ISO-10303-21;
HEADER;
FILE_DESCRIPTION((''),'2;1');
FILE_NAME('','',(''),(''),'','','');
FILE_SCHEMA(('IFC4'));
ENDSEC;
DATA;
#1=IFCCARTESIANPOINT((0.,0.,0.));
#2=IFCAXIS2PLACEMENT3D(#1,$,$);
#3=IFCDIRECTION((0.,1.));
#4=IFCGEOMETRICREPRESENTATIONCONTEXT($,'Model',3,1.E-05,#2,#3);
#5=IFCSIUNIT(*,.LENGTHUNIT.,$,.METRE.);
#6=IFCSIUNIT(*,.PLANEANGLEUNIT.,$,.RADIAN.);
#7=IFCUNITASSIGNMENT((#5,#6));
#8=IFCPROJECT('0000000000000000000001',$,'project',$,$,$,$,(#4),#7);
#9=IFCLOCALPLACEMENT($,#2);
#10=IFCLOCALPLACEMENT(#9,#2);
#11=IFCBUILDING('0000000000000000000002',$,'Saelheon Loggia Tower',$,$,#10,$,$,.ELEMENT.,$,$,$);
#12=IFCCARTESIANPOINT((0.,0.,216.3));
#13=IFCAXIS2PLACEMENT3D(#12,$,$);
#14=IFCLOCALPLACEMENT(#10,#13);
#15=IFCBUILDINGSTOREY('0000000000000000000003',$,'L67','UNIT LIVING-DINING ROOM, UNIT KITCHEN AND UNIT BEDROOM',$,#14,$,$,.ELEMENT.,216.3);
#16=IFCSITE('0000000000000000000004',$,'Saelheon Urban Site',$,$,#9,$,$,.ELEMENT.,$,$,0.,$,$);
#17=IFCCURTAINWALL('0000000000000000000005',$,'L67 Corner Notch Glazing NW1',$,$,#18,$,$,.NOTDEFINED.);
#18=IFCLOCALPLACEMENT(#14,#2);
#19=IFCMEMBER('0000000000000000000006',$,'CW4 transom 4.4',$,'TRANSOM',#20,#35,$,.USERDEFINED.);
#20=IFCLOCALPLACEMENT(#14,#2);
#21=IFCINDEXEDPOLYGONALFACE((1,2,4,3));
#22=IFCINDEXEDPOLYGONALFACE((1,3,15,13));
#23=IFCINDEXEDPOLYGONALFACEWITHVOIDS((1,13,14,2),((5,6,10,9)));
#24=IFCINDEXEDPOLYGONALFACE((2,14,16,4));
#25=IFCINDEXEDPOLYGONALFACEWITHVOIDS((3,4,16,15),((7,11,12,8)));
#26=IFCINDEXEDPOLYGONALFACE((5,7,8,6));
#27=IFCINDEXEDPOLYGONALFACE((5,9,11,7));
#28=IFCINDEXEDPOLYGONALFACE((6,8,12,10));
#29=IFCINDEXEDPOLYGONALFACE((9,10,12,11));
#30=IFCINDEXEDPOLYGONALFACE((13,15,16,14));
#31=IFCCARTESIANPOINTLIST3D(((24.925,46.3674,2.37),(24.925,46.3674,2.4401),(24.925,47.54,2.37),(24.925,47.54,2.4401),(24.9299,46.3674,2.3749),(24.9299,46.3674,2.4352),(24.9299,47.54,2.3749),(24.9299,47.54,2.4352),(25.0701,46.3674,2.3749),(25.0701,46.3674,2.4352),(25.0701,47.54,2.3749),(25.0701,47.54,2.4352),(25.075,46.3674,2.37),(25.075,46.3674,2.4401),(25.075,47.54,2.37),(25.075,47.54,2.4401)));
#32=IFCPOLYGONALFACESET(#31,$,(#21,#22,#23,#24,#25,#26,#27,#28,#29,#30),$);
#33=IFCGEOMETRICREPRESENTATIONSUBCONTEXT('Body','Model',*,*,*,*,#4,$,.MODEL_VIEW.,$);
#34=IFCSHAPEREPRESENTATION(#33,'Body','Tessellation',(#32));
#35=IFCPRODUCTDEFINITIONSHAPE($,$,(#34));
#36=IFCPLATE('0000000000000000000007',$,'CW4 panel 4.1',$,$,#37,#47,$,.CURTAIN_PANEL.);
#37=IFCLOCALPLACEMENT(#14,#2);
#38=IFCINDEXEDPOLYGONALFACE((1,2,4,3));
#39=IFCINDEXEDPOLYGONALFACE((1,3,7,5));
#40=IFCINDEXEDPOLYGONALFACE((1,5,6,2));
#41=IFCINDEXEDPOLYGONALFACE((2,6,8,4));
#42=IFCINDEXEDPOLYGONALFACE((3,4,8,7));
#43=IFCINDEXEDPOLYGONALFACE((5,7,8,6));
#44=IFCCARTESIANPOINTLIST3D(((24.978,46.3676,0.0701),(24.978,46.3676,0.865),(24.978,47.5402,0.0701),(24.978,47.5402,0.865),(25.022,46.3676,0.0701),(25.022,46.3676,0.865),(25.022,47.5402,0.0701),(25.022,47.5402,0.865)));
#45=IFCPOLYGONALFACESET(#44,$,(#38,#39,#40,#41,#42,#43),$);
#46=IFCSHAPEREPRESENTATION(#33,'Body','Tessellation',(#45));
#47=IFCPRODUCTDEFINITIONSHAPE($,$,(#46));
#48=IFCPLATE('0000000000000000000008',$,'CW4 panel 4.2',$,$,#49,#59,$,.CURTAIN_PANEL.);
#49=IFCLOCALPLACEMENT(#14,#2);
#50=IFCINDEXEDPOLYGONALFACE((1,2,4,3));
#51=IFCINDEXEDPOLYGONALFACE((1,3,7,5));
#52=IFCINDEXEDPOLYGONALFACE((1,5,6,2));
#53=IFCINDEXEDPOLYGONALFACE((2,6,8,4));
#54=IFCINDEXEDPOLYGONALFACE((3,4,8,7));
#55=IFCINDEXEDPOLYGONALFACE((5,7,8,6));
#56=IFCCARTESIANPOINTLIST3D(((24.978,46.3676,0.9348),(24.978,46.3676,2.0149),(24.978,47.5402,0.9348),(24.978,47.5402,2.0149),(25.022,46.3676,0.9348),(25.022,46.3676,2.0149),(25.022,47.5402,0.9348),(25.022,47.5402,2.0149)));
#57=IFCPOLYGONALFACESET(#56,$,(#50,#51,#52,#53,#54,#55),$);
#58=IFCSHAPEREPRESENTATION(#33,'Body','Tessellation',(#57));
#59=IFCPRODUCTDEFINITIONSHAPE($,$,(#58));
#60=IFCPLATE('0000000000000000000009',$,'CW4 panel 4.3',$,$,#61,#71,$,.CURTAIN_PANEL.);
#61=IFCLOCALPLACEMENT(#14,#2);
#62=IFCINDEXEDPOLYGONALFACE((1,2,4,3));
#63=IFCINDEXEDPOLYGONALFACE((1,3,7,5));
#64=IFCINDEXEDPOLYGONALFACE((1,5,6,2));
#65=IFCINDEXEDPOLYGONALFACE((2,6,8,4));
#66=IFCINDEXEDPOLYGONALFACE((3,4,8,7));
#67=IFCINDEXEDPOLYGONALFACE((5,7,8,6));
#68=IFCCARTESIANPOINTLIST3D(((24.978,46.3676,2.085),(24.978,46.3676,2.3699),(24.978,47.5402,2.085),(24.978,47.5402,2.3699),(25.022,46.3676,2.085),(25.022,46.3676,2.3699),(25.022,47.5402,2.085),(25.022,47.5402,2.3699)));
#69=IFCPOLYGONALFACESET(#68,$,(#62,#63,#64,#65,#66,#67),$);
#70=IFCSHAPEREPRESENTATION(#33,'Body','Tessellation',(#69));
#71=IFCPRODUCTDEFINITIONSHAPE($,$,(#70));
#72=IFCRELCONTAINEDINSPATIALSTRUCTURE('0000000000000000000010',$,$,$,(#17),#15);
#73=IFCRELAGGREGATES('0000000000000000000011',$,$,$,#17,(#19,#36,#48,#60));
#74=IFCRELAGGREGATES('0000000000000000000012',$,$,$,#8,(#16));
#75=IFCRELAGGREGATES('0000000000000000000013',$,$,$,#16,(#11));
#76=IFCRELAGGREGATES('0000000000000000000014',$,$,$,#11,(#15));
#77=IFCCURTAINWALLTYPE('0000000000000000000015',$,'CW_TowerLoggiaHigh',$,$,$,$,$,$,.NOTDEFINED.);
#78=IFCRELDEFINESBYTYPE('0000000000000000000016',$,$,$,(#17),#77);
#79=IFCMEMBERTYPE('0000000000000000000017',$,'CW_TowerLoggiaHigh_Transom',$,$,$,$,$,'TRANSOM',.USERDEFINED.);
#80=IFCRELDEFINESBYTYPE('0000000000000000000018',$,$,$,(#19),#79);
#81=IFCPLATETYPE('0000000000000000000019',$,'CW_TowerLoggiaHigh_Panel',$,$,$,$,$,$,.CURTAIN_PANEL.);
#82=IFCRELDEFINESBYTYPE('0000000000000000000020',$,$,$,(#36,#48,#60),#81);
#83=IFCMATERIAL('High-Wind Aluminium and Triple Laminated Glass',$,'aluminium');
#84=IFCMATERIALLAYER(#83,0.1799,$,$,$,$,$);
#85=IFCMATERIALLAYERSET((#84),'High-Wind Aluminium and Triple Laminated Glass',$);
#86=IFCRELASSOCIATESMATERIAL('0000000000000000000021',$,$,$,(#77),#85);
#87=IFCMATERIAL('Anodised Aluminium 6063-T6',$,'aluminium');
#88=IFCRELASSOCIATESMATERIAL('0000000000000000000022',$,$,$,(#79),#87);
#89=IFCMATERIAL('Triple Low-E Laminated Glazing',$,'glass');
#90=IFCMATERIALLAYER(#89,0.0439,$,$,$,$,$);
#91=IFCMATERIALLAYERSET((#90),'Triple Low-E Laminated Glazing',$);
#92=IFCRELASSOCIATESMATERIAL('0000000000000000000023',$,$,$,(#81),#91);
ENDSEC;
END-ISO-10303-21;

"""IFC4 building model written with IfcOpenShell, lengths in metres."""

from ifc_helpers import new_model, si_unit, direction, frame, origin, origin_2d, place, context, subcontext, project, spatial, rectangle, hollow_rectangle, extrude, source, transform, mapped, material, layer, layer_set, material_profile, profile_set, type_object, element, aggregate, save


model = new_model("IFC4")

# Units and contexts
model_context = context("Model", 3, precision=1e-05, world=origin(), true_north=direction((0.0, 1.0)))
body_context = subcontext(model_context, "Body", "Model", "MODEL_VIEW")
ifc_project = project(units=[si_unit("LENGTHUNIT", "METRE"), si_unit("PLANEANGLEUNIT", "RADIAN")], contexts=[model_context])

# Site, building, storey
site_placement = place(None, origin())
site = spatial("IfcSite", under=ifc_project, at=site_placement, Name="Saelheon Urban Site", CompositionType="ELEMENT", RefElevation=0.0)
building_placement = place(site_placement, origin())
building = spatial("IfcBuilding", under=site, at=building_placement, Name="Saelheon Loggia Tower", CompositionType="ELEMENT")
storey_placement = place(building_placement, frame((0.0, 0.0, 216.3)))
storey = spatial("IfcBuildingStorey", under=building, at=storey_placement, Name="L67", Description="UNIT LIVING-DINING ROOM, UNIT KITCHEN AND UNIT BEDROOM", CompositionType="ELEMENT", Elevation=216.3)

# Curtain wall, member, plates
ifc_material_1 = material(Name="High-Wind Aluminium and Triple Laminated Glass", Category="aluminium")
ifc_layer_1 = layer(ifc_material_1, 0.1799)
ifc_layer_set_1 = layer_set([ifc_layer_1], Name="High-Wind Aluminium and Triple Laminated Glass")
curtain_wall_type = type_object("IfcCurtainWallType", Name="CW_TowerLoggiaHigh", PredefinedType="NOTDEFINED", material=ifc_layer_set_1)
curtain_wall_placement = place(storey_placement, origin())
curtain_wall = element("IfcCurtainWall", 1, at=curtain_wall_placement, inside=storey, type_object=curtain_wall_type, Name="L67 Corner Notch Glazing NW1", PredefinedType="NOTDEFINED")
ifc_material_2 = material(Name="Anodised Aluminium 6063-T6", Category="aluminium")
ifc_material_profile_1 = material_profile(ifc_material_2, hollow_rectangle(XDim=0.0701, YDim=0.1499, WallThickness=0.0049, at=origin_2d()), Name="RHS-150x70x5")
ifc_profile_set_1 = profile_set([ifc_material_profile_1], Name="Anodised Aluminium 6063-T6")
member_type_1 = type_object("IfcMemberType", Name="CW_TowerLoggiaHigh_Transom", ElementType="TRANSOM", PredefinedType="USERDEFINED", material=ifc_profile_set_1)
shared_shape_1 = source(origin(), body_context, "Body", "SweptSolid", [
    extrude(hollow_rectangle(XDim=0.0701, YDim=0.1499, WallThickness=0.0049, at=origin_2d()), origin(), (0.0, 0.0, 1.0), 1.1726),
])
member_1_placement = place(storey_placement, frame((25.0, 46.3674, 2.405), z_axis=(0.0, 1.0, 0.0), x_axis=(0.0, 0.0, 1.0)))
member_1 = element("IfcMember", 2, at=member_1_placement, type_object=member_type_1, Name="CW4 transom 4.4", ObjectType="TRANSOM", PredefinedType="USERDEFINED", context=body_context, shape_type="MappedRepresentation", body=[
    mapped(shared_shape_1, transform((0.0, 0.0, 0.0), scale=1.0)),
])
ifc_material_3 = material(Name="Triple Low-E Laminated Glazing", Category="glass")
ifc_layer_2 = layer(ifc_material_3, 0.0439)
ifc_layer_set_2 = layer_set([ifc_layer_2], Name="Triple Low-E Laminated Glazing")
plate_type = type_object("IfcPlateType", Name="CW_TowerLoggiaHigh_Panel", PredefinedType="CURTAIN_PANEL", material=ifc_layer_set_2)
shared_shape_2 = source(origin(), body_context, "Body", "SweptSolid", [
    extrude(rectangle(XDim=1.1726, YDim=0.0439, at=origin_2d()), origin(), (0.0, 0.0, 1.0), 0.7949),
])
plate_1_placement = place(storey_placement, frame((25.0, 46.9539, 0.0701), z_axis=(0.0, 0.0, 1.0), x_axis=(0.0, 1.0, 0.0)))
plate_1 = element("IfcPlate", 3, at=plate_1_placement, type_object=plate_type, Name="CW4 panel 4.1", PredefinedType="CURTAIN_PANEL", context=body_context, shape_type="MappedRepresentation", body=[
    mapped(shared_shape_2, transform((0.0, 0.0, 0.0), scale=1.0)),
])
shared_shape_3 = source(origin(), body_context, "Body", "SweptSolid", [
    extrude(rectangle(XDim=1.1726, YDim=0.0439, at=origin_2d()), origin(), (0.0, 0.0, 1.0), 1.0801),
])
plate_2_placement = place(storey_placement, frame((25.0, 46.9539, 0.9348), z_axis=(0.0, 0.0, 1.0), x_axis=(0.0, 1.0, 0.0)))
plate_2 = element("IfcPlate", 4, at=plate_2_placement, type_object=plate_type, Name="CW4 panel 4.2", PredefinedType="CURTAIN_PANEL", context=body_context, shape_type="MappedRepresentation", body=[
    mapped(shared_shape_3, transform((0.0, 0.0, 0.0), scale=1.0)),
])
shared_shape_4 = source(origin(), body_context, "Body", "SweptSolid", [
    extrude(rectangle(XDim=1.1726, YDim=0.0439, at=origin_2d()), origin(), (0.0, 0.0, 1.0), 0.2849),
])
plate_3_placement = place(storey_placement, frame((25.0, 46.9539, 2.085), z_axis=(0.0, 0.0, 1.0), x_axis=(0.0, 1.0, 0.0)))
plate_3 = element("IfcPlate", 5, at=plate_3_placement, type_object=plate_type, Name="CW4 panel 4.3", PredefinedType="CURTAIN_PANEL", context=body_context, shape_type="MappedRepresentation", body=[
    mapped(shared_shape_4, transform((0.0, 0.0, 0.0), scale=1.0)),
])
aggregate(curtain_wall, [member_1, plate_1, plate_2, plate_3])

save(model, "model.ifc")
